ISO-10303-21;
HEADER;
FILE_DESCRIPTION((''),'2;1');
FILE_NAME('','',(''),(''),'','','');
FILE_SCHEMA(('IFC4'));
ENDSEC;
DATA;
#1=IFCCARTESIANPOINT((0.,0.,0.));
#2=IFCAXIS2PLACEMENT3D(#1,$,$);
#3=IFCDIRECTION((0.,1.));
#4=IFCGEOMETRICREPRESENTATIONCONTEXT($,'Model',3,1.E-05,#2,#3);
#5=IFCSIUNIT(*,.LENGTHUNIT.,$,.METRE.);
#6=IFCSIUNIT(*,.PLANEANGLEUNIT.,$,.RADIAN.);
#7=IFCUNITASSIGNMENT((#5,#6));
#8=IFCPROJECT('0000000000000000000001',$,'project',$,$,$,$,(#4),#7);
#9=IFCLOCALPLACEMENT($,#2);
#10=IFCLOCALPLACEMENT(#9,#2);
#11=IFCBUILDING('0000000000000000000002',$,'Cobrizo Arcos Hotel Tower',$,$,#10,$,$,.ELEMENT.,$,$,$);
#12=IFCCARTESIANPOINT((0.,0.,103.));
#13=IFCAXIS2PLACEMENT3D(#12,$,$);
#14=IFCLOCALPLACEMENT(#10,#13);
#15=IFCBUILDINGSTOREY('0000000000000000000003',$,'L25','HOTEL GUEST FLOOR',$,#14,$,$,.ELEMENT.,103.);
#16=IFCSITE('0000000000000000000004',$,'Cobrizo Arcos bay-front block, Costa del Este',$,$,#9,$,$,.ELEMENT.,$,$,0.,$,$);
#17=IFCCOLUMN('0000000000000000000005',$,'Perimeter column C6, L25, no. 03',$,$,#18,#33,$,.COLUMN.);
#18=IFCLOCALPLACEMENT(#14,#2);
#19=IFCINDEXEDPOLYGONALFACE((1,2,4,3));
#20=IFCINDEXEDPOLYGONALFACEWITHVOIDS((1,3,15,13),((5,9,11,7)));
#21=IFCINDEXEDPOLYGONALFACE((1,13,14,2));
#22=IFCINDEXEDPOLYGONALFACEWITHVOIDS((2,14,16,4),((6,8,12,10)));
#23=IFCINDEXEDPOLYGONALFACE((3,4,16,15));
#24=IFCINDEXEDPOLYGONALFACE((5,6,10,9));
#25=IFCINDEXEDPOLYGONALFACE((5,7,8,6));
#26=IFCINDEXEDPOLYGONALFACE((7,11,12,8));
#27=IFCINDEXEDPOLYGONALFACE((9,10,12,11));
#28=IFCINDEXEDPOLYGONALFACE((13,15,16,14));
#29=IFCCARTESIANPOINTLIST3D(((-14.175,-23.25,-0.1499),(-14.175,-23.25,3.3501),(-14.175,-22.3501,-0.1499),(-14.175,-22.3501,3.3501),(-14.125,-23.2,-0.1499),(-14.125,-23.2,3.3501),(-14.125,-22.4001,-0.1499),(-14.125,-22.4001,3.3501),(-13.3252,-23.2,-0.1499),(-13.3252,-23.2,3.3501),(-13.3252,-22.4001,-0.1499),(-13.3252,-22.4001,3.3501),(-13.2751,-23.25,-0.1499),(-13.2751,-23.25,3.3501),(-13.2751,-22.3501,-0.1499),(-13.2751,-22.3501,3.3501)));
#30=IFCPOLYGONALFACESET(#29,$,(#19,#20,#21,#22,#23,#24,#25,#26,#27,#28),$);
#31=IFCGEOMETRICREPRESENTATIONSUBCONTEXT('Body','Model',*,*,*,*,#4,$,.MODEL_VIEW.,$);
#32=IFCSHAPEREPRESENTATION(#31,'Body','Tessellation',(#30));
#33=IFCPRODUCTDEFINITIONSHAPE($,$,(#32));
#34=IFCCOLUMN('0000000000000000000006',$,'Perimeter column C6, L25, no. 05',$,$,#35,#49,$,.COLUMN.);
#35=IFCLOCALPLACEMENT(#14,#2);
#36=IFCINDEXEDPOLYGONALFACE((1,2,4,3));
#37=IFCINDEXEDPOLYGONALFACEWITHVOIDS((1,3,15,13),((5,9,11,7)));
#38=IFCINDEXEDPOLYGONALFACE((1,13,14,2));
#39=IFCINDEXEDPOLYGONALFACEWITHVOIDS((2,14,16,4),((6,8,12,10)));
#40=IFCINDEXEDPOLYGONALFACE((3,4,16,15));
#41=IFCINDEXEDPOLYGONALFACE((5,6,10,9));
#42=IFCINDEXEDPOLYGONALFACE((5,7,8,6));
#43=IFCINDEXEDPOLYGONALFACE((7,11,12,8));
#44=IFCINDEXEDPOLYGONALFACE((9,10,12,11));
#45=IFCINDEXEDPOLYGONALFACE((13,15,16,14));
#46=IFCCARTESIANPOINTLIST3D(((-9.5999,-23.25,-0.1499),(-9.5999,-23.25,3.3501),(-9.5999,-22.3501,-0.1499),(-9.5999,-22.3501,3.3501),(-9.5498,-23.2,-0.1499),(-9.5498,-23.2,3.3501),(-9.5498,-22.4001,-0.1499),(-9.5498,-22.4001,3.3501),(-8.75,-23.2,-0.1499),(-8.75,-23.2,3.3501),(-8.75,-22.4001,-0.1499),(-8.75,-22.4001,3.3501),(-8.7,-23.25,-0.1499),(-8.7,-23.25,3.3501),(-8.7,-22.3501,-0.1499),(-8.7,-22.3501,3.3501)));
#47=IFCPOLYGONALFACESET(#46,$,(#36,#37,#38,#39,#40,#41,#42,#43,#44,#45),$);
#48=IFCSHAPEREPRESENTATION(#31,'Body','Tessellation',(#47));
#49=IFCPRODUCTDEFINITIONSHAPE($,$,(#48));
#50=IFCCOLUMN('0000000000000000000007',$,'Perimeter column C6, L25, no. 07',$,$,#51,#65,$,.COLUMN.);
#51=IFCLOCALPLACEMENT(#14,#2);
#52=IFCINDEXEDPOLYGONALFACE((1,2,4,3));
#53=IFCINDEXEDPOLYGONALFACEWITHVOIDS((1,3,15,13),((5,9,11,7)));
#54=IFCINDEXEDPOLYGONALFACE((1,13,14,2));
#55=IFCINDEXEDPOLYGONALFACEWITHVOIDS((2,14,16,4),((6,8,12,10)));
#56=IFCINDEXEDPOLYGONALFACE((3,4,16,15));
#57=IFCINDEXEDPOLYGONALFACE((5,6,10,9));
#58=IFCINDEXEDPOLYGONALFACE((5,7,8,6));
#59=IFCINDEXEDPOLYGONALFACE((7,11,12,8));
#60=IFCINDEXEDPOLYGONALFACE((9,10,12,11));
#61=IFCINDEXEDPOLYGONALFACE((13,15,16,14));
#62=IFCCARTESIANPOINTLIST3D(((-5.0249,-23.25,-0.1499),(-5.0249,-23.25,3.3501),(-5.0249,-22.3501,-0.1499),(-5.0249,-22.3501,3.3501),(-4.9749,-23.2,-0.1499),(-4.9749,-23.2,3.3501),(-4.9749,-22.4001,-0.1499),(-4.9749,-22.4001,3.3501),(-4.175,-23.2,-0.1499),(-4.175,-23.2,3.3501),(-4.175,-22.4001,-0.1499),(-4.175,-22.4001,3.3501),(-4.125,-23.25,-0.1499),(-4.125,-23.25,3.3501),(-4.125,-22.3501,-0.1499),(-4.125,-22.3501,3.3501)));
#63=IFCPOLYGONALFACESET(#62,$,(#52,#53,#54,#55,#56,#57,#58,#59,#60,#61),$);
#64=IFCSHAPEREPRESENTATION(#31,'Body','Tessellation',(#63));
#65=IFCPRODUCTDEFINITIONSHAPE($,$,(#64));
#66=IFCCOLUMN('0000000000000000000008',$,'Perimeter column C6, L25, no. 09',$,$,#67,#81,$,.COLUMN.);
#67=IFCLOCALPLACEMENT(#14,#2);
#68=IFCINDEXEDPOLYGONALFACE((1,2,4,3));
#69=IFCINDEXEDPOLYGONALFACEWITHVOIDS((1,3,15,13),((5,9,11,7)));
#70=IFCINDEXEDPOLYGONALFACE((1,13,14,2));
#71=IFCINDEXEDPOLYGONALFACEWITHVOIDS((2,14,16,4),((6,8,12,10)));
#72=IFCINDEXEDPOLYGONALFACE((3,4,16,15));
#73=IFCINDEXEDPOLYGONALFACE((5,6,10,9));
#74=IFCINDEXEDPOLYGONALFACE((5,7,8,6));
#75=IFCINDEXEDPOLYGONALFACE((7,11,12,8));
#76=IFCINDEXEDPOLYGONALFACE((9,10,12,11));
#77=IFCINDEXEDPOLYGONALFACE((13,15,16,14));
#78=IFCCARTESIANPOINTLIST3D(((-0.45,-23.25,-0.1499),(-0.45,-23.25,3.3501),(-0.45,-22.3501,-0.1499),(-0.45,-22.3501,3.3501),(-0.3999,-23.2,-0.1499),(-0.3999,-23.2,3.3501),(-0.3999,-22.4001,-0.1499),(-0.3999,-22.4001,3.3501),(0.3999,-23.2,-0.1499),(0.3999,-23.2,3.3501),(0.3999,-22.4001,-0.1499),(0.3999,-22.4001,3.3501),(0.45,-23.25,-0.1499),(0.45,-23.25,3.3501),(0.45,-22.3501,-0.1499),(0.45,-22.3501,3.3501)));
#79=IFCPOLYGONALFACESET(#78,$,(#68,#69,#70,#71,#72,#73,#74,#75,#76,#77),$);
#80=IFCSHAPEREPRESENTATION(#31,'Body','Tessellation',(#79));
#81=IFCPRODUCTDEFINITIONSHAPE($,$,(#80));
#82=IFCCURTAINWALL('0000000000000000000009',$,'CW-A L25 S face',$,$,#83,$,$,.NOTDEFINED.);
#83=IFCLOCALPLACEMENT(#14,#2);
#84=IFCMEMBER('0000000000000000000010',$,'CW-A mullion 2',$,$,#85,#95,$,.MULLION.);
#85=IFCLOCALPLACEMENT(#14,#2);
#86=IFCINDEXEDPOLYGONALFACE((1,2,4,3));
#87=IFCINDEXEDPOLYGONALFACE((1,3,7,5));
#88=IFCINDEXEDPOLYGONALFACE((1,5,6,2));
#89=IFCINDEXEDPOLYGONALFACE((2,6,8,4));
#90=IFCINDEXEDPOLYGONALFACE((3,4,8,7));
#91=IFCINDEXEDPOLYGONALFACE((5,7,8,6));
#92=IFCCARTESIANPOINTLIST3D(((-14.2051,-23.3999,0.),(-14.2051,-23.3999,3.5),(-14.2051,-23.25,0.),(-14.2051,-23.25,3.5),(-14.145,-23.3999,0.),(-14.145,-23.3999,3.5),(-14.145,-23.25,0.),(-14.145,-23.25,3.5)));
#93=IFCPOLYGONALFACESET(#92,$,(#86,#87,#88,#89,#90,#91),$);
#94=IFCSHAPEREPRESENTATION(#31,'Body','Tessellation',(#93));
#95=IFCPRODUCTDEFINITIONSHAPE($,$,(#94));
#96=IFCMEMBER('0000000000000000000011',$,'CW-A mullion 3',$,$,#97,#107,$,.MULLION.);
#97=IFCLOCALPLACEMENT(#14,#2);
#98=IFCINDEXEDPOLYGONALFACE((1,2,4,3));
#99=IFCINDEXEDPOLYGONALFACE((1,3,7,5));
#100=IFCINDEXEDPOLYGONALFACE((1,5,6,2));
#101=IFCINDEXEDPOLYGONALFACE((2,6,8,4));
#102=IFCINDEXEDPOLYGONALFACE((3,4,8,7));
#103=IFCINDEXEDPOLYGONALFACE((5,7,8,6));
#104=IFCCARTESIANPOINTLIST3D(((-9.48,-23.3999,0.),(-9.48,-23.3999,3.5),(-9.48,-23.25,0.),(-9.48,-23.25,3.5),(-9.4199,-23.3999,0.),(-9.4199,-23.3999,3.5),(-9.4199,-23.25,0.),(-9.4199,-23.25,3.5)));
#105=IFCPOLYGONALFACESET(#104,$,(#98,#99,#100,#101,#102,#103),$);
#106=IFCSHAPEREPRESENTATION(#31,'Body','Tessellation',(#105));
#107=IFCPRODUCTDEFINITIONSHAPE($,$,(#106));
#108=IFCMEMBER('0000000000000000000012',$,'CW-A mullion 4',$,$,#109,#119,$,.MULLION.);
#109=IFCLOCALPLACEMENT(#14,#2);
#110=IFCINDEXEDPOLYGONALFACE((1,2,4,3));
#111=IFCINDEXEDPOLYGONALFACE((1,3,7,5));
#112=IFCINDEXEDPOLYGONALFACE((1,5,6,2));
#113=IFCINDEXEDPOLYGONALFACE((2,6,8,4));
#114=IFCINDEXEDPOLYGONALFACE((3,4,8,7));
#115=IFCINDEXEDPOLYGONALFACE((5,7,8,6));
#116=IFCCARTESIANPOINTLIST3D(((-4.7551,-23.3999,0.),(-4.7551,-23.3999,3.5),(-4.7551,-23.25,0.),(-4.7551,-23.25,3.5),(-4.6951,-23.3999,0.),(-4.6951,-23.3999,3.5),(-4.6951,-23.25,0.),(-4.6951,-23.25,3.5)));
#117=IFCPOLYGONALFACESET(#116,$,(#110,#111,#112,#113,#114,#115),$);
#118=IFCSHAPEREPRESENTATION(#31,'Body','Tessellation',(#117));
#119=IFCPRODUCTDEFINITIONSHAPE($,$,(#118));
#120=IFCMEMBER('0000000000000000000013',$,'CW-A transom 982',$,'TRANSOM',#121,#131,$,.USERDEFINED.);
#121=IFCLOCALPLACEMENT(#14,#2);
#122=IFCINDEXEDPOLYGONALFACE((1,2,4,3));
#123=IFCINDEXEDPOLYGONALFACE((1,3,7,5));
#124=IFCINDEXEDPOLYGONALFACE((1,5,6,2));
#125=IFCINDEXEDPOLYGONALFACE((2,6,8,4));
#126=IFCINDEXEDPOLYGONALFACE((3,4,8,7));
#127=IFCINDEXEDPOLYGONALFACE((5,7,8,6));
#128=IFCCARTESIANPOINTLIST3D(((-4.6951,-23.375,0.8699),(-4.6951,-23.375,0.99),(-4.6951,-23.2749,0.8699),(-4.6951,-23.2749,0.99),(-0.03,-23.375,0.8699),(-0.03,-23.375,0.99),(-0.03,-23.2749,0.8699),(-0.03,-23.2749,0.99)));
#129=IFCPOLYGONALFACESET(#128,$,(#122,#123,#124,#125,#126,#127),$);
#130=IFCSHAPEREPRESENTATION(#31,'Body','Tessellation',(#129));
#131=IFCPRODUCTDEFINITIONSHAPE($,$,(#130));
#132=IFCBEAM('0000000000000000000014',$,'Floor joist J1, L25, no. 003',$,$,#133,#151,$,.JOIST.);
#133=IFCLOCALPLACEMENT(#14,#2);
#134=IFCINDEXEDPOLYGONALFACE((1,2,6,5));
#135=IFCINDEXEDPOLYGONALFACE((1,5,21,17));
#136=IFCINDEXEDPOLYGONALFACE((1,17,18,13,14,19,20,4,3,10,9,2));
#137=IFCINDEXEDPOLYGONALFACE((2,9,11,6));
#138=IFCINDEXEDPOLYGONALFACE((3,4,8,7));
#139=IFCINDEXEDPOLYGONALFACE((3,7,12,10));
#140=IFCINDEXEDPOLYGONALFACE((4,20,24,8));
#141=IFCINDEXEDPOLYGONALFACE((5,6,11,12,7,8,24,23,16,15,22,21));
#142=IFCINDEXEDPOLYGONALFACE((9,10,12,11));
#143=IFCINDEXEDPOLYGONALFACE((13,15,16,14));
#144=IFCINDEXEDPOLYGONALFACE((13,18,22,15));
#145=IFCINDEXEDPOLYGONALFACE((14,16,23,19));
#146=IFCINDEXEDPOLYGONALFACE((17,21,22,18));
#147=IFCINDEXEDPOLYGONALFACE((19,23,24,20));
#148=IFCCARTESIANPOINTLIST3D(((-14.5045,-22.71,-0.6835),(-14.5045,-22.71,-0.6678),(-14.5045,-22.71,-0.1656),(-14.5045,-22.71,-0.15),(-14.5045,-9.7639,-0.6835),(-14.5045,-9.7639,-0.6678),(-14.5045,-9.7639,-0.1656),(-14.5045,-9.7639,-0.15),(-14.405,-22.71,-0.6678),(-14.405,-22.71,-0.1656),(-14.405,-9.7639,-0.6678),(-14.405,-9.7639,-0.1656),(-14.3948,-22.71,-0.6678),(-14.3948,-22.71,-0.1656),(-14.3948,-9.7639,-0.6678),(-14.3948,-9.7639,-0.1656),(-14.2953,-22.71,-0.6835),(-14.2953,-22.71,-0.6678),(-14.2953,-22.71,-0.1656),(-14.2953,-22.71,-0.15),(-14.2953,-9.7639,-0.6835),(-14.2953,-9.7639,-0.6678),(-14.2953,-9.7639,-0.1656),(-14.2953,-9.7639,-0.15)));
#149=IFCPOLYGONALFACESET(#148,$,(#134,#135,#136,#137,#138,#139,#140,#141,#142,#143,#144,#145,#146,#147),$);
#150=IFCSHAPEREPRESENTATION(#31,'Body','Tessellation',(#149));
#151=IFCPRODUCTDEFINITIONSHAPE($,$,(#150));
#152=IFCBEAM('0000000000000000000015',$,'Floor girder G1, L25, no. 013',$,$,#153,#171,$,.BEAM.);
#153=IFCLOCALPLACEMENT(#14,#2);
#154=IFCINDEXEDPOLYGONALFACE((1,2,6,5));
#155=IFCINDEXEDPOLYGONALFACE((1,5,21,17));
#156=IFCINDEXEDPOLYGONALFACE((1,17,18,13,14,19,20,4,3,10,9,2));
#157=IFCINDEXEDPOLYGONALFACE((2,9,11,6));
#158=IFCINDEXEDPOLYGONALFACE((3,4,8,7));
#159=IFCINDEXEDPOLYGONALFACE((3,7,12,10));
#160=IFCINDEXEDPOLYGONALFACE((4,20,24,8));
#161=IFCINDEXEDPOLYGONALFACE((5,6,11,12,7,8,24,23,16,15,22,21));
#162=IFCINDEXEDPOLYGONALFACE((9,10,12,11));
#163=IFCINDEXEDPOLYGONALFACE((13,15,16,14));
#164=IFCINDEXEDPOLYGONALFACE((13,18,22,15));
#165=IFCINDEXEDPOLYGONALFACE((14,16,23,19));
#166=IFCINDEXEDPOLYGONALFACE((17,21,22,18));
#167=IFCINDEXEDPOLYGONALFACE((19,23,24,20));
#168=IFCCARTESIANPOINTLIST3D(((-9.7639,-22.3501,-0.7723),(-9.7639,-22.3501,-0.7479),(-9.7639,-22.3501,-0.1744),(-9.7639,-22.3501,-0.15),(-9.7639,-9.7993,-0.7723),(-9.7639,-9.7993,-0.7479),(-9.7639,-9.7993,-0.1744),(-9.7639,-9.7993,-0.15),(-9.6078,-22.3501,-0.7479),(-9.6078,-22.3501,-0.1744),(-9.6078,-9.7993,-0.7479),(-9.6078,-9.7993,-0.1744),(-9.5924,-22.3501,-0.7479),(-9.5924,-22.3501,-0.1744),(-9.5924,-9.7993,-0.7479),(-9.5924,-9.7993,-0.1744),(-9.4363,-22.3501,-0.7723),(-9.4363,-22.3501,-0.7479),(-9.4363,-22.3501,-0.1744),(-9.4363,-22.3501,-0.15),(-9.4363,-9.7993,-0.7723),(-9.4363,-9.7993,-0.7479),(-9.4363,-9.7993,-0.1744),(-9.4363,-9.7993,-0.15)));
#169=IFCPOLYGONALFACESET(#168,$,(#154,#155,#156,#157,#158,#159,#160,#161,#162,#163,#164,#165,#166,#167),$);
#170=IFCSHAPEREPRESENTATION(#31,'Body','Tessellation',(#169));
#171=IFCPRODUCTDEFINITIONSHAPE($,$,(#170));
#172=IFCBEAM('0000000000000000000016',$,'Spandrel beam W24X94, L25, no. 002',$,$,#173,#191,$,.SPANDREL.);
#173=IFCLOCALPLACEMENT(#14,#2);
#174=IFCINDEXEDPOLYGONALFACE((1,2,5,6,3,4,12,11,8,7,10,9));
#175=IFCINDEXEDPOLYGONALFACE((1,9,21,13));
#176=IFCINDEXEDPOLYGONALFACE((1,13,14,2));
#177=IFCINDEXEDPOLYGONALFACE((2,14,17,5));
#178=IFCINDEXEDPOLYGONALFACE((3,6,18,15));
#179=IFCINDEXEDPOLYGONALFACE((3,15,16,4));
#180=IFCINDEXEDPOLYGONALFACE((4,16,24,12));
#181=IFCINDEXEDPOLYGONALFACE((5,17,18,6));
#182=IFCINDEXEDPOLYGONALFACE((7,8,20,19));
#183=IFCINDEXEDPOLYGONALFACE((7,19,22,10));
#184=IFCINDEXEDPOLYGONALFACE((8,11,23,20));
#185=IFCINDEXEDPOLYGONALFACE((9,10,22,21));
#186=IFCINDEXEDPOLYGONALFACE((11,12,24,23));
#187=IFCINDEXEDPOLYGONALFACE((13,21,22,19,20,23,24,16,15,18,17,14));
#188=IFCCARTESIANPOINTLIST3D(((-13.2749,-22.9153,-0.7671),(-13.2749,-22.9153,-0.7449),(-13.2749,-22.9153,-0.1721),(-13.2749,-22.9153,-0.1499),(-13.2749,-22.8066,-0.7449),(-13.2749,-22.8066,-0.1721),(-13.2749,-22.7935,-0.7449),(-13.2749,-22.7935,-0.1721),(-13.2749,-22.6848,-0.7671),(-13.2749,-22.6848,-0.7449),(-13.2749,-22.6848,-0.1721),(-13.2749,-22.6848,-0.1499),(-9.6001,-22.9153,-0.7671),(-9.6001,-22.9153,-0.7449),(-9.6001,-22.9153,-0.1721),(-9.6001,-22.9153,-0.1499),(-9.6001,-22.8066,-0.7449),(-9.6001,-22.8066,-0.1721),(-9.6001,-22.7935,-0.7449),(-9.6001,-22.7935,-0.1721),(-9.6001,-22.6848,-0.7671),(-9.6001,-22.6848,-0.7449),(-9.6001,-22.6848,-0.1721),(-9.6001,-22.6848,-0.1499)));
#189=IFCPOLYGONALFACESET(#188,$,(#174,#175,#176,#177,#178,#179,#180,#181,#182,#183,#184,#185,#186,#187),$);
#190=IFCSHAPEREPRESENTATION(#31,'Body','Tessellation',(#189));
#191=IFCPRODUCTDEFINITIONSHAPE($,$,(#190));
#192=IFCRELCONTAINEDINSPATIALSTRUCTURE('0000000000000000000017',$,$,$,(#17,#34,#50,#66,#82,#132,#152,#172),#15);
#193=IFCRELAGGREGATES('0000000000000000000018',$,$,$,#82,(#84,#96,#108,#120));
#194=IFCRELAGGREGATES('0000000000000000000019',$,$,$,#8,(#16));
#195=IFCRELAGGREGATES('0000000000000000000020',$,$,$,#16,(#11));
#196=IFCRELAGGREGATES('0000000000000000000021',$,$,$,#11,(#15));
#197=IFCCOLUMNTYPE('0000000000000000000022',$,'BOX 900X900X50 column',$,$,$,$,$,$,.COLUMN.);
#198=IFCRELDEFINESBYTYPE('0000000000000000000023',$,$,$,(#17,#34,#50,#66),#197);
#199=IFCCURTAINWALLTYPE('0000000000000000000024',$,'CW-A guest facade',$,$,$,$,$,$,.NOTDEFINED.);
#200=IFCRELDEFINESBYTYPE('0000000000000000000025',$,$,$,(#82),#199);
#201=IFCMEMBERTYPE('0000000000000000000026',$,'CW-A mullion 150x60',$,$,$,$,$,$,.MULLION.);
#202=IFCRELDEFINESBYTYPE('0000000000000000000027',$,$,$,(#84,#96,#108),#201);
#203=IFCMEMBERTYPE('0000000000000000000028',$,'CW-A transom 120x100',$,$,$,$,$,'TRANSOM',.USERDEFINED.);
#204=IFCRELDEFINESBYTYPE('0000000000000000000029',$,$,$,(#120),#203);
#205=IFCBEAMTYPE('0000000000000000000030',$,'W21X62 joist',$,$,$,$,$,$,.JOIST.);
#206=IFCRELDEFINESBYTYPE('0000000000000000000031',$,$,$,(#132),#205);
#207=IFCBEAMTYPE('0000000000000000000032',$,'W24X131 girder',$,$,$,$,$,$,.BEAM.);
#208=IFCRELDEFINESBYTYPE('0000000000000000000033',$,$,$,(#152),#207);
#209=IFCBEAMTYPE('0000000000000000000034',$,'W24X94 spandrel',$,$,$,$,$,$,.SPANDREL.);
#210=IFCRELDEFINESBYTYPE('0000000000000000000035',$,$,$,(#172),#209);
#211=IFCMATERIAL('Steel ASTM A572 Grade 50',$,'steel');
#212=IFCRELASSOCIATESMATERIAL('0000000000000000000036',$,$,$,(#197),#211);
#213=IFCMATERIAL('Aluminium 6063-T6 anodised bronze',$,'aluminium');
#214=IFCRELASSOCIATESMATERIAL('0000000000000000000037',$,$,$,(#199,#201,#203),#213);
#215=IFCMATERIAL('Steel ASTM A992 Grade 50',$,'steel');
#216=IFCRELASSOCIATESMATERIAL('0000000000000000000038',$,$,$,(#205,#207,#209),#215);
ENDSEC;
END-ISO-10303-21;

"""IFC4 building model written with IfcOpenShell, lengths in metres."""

from ifc_helpers import new_model, si_unit, direction, frame, origin, origin_2d, place, context, subcontext, project, spatial, rectangle, hollow_rectangle, i_section, extrude, material, material_profile, profile_set, type_object, element, aggregate, save


model = new_model("IFC4")

# Units and contexts
model_context = context("Model", 3, precision=1e-05, world=origin(), true_north=direction((0.0, 1.0)))
body_context = subcontext(model_context, "Body", "Model", "MODEL_VIEW")
ifc_project = project(units=[si_unit("LENGTHUNIT", "METRE"), si_unit("PLANEANGLEUNIT", "RADIAN")], contexts=[model_context])

# Site, building, storey
site_placement = place(None, origin())
site = spatial("IfcSite", under=ifc_project, at=site_placement, Name="Cobrizo Arcos bay-front block, Costa del Este", CompositionType="ELEMENT", RefElevation=0.0)
building_placement = place(site_placement, origin())
building = spatial("IfcBuilding", under=site, at=building_placement, Name="Cobrizo Arcos Hotel Tower", CompositionType="ELEMENT")
storey_placement = place(building_placement, frame((0.0, 0.0, 103.0)))
storey = spatial("IfcBuildingStorey", under=building, at=storey_placement, Name="L25", Description="HOTEL GUEST FLOOR", CompositionType="ELEMENT", Elevation=103.0)

# Columns
ifc_material_1 = material(Name="Steel ASTM A572 Grade 50", Category="steel")
ifc_material_profile_1 = material_profile(ifc_material_1, hollow_rectangle(XDim=0.8999, YDim=0.8999, WallThickness=0.05, at=origin_2d()), Name="BOX 900X900X50")
ifc_profile_set_1 = profile_set([ifc_material_profile_1], Name="Steel ASTM A572 Grade 50")
column_type = type_object("IfcColumnType", Name="BOX 900X900X50 column", PredefinedType="COLUMN", material=ifc_profile_set_1)
for number, where, z_axis, x_axis, name in (
    (1, (-13.7251, -22.8, -0.1499), (0.0, 0.0, 1.0), (1.0, 0.0, 0.0), "Perimeter column C6, L25, no. 03"),
    (2, (-9.1499, -22.8, -0.1499), (0.0, 0.0, 1.0), (1.0, 0.0, 0.0), "Perimeter column C6, L25, no. 05"),
    (3, (-4.575, -22.8, -0.1499), (0.0, 0.0, 1.0), (1.0, 0.0, 0.0), "Perimeter column C6, L25, no. 07"),
    (4, (0.0, -22.8, -0.1499), (0.0, 0.0, 1.0), (1.0, 0.0, 0.0), "Perimeter column C6, L25, no. 09"),
):
    element("IfcColumn", number, at=place(storey_placement, frame(where, z_axis=z_axis, x_axis=x_axis)), inside=storey, type_object=column_type, Name=name, PredefinedType="COLUMN", context=body_context, shape_type="SweptSolid", body=[
        extrude(hollow_rectangle(XDim=0.8999, YDim=0.8999, WallThickness=0.05, at=origin_2d()), origin(), (0.0, 0.0, 1.0), 3.5),
    ])

# Curtain wall, members
ifc_material_2 = material(Name="Aluminium 6063-T6 anodised bronze", Category="aluminium")
curtain_wall_type = type_object("IfcCurtainWallType", Name="CW-A guest facade", PredefinedType="NOTDEFINED", material=ifc_material_2)
curtain_wall_placement = place(storey_placement, origin())
curtain_wall = element("IfcCurtainWall", 5, at=curtain_wall_placement, inside=storey, type_object=curtain_wall_type, Name="CW-A L25 S face", PredefinedType="NOTDEFINED")
ifc_material_profile_2 = material_profile(ifc_material_2, rectangle(XDim=0.1499, YDim=0.0601, at=origin_2d()), Name="CW-A mullion 150x60")
ifc_profile_set_2 = profile_set([ifc_material_profile_2], Name="Aluminium 6063-T6 anodised bronze")
member_type_1 = type_object("IfcMemberType", Name="CW-A mullion 150x60", PredefinedType="MULLION", material=ifc_profile_set_2)
member_1_placement = place(storey_placement, frame((-14.175, -23.325, 0.0), z_axis=(0.0, 0.0, 1.0), x_axis=(0.0, -1.0, 0.0)))
member_1 = element("IfcMember", 6, at=member_1_placement, type_object=member_type_1, Name="CW-A mullion 2", PredefinedType="MULLION", context=body_context, shape_type="SweptSolid", body=[
    extrude(rectangle(XDim=0.1499, YDim=0.0601, at=origin_2d()), origin(), (0.0, 0.0, 1.0), 3.5),
])
member_2_placement = place(storey_placement, frame((-9.45, -23.325, 0.0), z_axis=(0.0, 0.0, 1.0), x_axis=(0.0, -1.0, 0.0)))
member_2 = element("IfcMember", 7, at=member_2_placement, type_object=member_type_1, Name="CW-A mullion 3", PredefinedType="MULLION", context=body_context, shape_type="SweptSolid", body=[
    extrude(rectangle(XDim=0.1499, YDim=0.0601, at=origin_2d()), origin(), (0.0, 0.0, 1.0), 3.5),
])
member_3_placement = place(storey_placement, frame((-4.7251, -23.325, 0.0), z_axis=(0.0, 0.0, 1.0), x_axis=(0.0, -1.0, 0.0)))
member_3 = element("IfcMember", 8, at=member_3_placement, type_object=member_type_1, Name="CW-A mullion 4", PredefinedType="MULLION", context=body_context, shape_type="SweptSolid", body=[
    extrude(rectangle(XDim=0.1499, YDim=0.0601, at=origin_2d()), origin(), (0.0, 0.0, 1.0), 3.5),
])
ifc_material_profile_3 = material_profile(ifc_material_2, rectangle(XDim=0.1001, YDim=0.1201, at=origin_2d()), Name="CW-A transom 120x100")
ifc_profile_set_3 = profile_set([ifc_material_profile_3], Name="Aluminium 6063-T6 anodised bronze")
member_type_2 = type_object("IfcMemberType", Name="CW-A transom 120x100", ElementType="TRANSOM", PredefinedType="USERDEFINED", material=ifc_profile_set_3)
member_4_placement = place(storey_placement, frame((-4.6951, -23.325, 0.9299), z_axis=(1.0, 0.0, 0.0), x_axis=(0.0, 1.0, 0.0)))
member_4 = element("IfcMember", 9, at=member_4_placement, type_object=member_type_2, Name="CW-A transom 982", ObjectType="TRANSOM", PredefinedType="USERDEFINED", context=body_context, shape_type="SweptSolid", body=[
    extrude(rectangle(XDim=0.1001, YDim=0.1201, at=origin_2d()), origin(), (0.0, 0.0, 1.0), 4.665),
])

# Beams
ifc_material_3 = material(Name="Steel ASTM A992 Grade 50", Category="steel")
ifc_material_profile_4 = material_profile(ifc_material_3, i_section(OverallWidth=0.2092, OverallDepth=0.5334, WebThickness=0.0103, FlangeThickness=0.0156, at=origin_2d()), Name="W21X62")
ifc_profile_set_4 = profile_set([ifc_material_profile_4], Name="Steel ASTM A992 Grade 50")
beam_type_1 = type_object("IfcBeamType", Name="W21X62 joist", PredefinedType="JOIST", material=ifc_profile_set_4)
beam_1_placement = place(storey_placement, frame((-14.3999, -22.71, -0.4167), z_axis=(0.0, 1.0, 0.0), x_axis=(-1.0, 0.0, 0.0)))
element("IfcBeam", 10, at=beam_1_placement, inside=storey, type_object=beam_type_1, Name="Floor joist J1, L25, no. 003", PredefinedType="JOIST", context=body_context, shape_type="SweptSolid", body=[
    extrude(i_section(OverallWidth=0.2092, OverallDepth=0.5334, WebThickness=0.0103, FlangeThickness=0.0156, at=origin_2d()), origin(), (0.0, 0.0, 1.0), 12.946),
])
ifc_material_profile_5 = material_profile(ifc_material_3, i_section(OverallWidth=0.3276, OverallDepth=0.6223, WebThickness=0.0154, FlangeThickness=0.0244, at=origin_2d()), Name="W24X131")
ifc_profile_set_5 = profile_set([ifc_material_profile_5], Name="Steel ASTM A992 Grade 50")
beam_type_2 = type_object("IfcBeamType", Name="W24X131 girder", PredefinedType="BEAM", material=ifc_profile_set_5)
beam_2_placement = place(storey_placement, frame((-9.6001, -22.3501, -0.4612), z_axis=(0.0, 1.0, 0.0), x_axis=(-1.0, 0.0, 0.0)))
element("IfcBeam", 11, at=beam_2_placement, inside=storey, type_object=beam_type_2, Name="Floor girder G1, L25, no. 013", PredefinedType="BEAM", context=body_context, shape_type="SweptSolid", body=[
    extrude(i_section(OverallWidth=0.3276, OverallDepth=0.6223, WebThickness=0.0154, FlangeThickness=0.0244, at=origin_2d()), origin(), (0.0, 0.0, 1.0), 12.5508),
])
ifc_material_profile_6 = material_profile(ifc_material_3, i_section(OverallWidth=0.2305, OverallDepth=0.6172, WebThickness=0.0132, FlangeThickness=0.0222, at=origin_2d()), Name="W24X94")
ifc_profile_set_6 = profile_set([ifc_material_profile_6], Name="Steel ASTM A992 Grade 50")
beam_type_3 = type_object("IfcBeamType", Name="W24X94 spandrel", PredefinedType="SPANDREL", material=ifc_profile_set_6)
beam_3_placement = place(storey_placement, frame((-13.2749, -22.8, -0.4585), z_axis=(1.0, 0.0, 0.0), x_axis=(0.0, 1.0, 0.0)))
element("IfcBeam", 12, at=beam_3_placement, inside=storey, type_object=beam_type_3, Name="Spandrel beam W24X94, L25, no. 002", PredefinedType="SPANDREL", context=body_context, shape_type="SweptSolid", body=[
    extrude(i_section(OverallWidth=0.2305, OverallDepth=0.6172, WebThickness=0.0132, FlangeThickness=0.0222, at=origin_2d()), origin(), (0.0, 0.0, 1.0), 3.6748),
])

aggregate(curtain_wall, [member_1, member_2, member_3, member_4])

save(model, "model.ifc")
